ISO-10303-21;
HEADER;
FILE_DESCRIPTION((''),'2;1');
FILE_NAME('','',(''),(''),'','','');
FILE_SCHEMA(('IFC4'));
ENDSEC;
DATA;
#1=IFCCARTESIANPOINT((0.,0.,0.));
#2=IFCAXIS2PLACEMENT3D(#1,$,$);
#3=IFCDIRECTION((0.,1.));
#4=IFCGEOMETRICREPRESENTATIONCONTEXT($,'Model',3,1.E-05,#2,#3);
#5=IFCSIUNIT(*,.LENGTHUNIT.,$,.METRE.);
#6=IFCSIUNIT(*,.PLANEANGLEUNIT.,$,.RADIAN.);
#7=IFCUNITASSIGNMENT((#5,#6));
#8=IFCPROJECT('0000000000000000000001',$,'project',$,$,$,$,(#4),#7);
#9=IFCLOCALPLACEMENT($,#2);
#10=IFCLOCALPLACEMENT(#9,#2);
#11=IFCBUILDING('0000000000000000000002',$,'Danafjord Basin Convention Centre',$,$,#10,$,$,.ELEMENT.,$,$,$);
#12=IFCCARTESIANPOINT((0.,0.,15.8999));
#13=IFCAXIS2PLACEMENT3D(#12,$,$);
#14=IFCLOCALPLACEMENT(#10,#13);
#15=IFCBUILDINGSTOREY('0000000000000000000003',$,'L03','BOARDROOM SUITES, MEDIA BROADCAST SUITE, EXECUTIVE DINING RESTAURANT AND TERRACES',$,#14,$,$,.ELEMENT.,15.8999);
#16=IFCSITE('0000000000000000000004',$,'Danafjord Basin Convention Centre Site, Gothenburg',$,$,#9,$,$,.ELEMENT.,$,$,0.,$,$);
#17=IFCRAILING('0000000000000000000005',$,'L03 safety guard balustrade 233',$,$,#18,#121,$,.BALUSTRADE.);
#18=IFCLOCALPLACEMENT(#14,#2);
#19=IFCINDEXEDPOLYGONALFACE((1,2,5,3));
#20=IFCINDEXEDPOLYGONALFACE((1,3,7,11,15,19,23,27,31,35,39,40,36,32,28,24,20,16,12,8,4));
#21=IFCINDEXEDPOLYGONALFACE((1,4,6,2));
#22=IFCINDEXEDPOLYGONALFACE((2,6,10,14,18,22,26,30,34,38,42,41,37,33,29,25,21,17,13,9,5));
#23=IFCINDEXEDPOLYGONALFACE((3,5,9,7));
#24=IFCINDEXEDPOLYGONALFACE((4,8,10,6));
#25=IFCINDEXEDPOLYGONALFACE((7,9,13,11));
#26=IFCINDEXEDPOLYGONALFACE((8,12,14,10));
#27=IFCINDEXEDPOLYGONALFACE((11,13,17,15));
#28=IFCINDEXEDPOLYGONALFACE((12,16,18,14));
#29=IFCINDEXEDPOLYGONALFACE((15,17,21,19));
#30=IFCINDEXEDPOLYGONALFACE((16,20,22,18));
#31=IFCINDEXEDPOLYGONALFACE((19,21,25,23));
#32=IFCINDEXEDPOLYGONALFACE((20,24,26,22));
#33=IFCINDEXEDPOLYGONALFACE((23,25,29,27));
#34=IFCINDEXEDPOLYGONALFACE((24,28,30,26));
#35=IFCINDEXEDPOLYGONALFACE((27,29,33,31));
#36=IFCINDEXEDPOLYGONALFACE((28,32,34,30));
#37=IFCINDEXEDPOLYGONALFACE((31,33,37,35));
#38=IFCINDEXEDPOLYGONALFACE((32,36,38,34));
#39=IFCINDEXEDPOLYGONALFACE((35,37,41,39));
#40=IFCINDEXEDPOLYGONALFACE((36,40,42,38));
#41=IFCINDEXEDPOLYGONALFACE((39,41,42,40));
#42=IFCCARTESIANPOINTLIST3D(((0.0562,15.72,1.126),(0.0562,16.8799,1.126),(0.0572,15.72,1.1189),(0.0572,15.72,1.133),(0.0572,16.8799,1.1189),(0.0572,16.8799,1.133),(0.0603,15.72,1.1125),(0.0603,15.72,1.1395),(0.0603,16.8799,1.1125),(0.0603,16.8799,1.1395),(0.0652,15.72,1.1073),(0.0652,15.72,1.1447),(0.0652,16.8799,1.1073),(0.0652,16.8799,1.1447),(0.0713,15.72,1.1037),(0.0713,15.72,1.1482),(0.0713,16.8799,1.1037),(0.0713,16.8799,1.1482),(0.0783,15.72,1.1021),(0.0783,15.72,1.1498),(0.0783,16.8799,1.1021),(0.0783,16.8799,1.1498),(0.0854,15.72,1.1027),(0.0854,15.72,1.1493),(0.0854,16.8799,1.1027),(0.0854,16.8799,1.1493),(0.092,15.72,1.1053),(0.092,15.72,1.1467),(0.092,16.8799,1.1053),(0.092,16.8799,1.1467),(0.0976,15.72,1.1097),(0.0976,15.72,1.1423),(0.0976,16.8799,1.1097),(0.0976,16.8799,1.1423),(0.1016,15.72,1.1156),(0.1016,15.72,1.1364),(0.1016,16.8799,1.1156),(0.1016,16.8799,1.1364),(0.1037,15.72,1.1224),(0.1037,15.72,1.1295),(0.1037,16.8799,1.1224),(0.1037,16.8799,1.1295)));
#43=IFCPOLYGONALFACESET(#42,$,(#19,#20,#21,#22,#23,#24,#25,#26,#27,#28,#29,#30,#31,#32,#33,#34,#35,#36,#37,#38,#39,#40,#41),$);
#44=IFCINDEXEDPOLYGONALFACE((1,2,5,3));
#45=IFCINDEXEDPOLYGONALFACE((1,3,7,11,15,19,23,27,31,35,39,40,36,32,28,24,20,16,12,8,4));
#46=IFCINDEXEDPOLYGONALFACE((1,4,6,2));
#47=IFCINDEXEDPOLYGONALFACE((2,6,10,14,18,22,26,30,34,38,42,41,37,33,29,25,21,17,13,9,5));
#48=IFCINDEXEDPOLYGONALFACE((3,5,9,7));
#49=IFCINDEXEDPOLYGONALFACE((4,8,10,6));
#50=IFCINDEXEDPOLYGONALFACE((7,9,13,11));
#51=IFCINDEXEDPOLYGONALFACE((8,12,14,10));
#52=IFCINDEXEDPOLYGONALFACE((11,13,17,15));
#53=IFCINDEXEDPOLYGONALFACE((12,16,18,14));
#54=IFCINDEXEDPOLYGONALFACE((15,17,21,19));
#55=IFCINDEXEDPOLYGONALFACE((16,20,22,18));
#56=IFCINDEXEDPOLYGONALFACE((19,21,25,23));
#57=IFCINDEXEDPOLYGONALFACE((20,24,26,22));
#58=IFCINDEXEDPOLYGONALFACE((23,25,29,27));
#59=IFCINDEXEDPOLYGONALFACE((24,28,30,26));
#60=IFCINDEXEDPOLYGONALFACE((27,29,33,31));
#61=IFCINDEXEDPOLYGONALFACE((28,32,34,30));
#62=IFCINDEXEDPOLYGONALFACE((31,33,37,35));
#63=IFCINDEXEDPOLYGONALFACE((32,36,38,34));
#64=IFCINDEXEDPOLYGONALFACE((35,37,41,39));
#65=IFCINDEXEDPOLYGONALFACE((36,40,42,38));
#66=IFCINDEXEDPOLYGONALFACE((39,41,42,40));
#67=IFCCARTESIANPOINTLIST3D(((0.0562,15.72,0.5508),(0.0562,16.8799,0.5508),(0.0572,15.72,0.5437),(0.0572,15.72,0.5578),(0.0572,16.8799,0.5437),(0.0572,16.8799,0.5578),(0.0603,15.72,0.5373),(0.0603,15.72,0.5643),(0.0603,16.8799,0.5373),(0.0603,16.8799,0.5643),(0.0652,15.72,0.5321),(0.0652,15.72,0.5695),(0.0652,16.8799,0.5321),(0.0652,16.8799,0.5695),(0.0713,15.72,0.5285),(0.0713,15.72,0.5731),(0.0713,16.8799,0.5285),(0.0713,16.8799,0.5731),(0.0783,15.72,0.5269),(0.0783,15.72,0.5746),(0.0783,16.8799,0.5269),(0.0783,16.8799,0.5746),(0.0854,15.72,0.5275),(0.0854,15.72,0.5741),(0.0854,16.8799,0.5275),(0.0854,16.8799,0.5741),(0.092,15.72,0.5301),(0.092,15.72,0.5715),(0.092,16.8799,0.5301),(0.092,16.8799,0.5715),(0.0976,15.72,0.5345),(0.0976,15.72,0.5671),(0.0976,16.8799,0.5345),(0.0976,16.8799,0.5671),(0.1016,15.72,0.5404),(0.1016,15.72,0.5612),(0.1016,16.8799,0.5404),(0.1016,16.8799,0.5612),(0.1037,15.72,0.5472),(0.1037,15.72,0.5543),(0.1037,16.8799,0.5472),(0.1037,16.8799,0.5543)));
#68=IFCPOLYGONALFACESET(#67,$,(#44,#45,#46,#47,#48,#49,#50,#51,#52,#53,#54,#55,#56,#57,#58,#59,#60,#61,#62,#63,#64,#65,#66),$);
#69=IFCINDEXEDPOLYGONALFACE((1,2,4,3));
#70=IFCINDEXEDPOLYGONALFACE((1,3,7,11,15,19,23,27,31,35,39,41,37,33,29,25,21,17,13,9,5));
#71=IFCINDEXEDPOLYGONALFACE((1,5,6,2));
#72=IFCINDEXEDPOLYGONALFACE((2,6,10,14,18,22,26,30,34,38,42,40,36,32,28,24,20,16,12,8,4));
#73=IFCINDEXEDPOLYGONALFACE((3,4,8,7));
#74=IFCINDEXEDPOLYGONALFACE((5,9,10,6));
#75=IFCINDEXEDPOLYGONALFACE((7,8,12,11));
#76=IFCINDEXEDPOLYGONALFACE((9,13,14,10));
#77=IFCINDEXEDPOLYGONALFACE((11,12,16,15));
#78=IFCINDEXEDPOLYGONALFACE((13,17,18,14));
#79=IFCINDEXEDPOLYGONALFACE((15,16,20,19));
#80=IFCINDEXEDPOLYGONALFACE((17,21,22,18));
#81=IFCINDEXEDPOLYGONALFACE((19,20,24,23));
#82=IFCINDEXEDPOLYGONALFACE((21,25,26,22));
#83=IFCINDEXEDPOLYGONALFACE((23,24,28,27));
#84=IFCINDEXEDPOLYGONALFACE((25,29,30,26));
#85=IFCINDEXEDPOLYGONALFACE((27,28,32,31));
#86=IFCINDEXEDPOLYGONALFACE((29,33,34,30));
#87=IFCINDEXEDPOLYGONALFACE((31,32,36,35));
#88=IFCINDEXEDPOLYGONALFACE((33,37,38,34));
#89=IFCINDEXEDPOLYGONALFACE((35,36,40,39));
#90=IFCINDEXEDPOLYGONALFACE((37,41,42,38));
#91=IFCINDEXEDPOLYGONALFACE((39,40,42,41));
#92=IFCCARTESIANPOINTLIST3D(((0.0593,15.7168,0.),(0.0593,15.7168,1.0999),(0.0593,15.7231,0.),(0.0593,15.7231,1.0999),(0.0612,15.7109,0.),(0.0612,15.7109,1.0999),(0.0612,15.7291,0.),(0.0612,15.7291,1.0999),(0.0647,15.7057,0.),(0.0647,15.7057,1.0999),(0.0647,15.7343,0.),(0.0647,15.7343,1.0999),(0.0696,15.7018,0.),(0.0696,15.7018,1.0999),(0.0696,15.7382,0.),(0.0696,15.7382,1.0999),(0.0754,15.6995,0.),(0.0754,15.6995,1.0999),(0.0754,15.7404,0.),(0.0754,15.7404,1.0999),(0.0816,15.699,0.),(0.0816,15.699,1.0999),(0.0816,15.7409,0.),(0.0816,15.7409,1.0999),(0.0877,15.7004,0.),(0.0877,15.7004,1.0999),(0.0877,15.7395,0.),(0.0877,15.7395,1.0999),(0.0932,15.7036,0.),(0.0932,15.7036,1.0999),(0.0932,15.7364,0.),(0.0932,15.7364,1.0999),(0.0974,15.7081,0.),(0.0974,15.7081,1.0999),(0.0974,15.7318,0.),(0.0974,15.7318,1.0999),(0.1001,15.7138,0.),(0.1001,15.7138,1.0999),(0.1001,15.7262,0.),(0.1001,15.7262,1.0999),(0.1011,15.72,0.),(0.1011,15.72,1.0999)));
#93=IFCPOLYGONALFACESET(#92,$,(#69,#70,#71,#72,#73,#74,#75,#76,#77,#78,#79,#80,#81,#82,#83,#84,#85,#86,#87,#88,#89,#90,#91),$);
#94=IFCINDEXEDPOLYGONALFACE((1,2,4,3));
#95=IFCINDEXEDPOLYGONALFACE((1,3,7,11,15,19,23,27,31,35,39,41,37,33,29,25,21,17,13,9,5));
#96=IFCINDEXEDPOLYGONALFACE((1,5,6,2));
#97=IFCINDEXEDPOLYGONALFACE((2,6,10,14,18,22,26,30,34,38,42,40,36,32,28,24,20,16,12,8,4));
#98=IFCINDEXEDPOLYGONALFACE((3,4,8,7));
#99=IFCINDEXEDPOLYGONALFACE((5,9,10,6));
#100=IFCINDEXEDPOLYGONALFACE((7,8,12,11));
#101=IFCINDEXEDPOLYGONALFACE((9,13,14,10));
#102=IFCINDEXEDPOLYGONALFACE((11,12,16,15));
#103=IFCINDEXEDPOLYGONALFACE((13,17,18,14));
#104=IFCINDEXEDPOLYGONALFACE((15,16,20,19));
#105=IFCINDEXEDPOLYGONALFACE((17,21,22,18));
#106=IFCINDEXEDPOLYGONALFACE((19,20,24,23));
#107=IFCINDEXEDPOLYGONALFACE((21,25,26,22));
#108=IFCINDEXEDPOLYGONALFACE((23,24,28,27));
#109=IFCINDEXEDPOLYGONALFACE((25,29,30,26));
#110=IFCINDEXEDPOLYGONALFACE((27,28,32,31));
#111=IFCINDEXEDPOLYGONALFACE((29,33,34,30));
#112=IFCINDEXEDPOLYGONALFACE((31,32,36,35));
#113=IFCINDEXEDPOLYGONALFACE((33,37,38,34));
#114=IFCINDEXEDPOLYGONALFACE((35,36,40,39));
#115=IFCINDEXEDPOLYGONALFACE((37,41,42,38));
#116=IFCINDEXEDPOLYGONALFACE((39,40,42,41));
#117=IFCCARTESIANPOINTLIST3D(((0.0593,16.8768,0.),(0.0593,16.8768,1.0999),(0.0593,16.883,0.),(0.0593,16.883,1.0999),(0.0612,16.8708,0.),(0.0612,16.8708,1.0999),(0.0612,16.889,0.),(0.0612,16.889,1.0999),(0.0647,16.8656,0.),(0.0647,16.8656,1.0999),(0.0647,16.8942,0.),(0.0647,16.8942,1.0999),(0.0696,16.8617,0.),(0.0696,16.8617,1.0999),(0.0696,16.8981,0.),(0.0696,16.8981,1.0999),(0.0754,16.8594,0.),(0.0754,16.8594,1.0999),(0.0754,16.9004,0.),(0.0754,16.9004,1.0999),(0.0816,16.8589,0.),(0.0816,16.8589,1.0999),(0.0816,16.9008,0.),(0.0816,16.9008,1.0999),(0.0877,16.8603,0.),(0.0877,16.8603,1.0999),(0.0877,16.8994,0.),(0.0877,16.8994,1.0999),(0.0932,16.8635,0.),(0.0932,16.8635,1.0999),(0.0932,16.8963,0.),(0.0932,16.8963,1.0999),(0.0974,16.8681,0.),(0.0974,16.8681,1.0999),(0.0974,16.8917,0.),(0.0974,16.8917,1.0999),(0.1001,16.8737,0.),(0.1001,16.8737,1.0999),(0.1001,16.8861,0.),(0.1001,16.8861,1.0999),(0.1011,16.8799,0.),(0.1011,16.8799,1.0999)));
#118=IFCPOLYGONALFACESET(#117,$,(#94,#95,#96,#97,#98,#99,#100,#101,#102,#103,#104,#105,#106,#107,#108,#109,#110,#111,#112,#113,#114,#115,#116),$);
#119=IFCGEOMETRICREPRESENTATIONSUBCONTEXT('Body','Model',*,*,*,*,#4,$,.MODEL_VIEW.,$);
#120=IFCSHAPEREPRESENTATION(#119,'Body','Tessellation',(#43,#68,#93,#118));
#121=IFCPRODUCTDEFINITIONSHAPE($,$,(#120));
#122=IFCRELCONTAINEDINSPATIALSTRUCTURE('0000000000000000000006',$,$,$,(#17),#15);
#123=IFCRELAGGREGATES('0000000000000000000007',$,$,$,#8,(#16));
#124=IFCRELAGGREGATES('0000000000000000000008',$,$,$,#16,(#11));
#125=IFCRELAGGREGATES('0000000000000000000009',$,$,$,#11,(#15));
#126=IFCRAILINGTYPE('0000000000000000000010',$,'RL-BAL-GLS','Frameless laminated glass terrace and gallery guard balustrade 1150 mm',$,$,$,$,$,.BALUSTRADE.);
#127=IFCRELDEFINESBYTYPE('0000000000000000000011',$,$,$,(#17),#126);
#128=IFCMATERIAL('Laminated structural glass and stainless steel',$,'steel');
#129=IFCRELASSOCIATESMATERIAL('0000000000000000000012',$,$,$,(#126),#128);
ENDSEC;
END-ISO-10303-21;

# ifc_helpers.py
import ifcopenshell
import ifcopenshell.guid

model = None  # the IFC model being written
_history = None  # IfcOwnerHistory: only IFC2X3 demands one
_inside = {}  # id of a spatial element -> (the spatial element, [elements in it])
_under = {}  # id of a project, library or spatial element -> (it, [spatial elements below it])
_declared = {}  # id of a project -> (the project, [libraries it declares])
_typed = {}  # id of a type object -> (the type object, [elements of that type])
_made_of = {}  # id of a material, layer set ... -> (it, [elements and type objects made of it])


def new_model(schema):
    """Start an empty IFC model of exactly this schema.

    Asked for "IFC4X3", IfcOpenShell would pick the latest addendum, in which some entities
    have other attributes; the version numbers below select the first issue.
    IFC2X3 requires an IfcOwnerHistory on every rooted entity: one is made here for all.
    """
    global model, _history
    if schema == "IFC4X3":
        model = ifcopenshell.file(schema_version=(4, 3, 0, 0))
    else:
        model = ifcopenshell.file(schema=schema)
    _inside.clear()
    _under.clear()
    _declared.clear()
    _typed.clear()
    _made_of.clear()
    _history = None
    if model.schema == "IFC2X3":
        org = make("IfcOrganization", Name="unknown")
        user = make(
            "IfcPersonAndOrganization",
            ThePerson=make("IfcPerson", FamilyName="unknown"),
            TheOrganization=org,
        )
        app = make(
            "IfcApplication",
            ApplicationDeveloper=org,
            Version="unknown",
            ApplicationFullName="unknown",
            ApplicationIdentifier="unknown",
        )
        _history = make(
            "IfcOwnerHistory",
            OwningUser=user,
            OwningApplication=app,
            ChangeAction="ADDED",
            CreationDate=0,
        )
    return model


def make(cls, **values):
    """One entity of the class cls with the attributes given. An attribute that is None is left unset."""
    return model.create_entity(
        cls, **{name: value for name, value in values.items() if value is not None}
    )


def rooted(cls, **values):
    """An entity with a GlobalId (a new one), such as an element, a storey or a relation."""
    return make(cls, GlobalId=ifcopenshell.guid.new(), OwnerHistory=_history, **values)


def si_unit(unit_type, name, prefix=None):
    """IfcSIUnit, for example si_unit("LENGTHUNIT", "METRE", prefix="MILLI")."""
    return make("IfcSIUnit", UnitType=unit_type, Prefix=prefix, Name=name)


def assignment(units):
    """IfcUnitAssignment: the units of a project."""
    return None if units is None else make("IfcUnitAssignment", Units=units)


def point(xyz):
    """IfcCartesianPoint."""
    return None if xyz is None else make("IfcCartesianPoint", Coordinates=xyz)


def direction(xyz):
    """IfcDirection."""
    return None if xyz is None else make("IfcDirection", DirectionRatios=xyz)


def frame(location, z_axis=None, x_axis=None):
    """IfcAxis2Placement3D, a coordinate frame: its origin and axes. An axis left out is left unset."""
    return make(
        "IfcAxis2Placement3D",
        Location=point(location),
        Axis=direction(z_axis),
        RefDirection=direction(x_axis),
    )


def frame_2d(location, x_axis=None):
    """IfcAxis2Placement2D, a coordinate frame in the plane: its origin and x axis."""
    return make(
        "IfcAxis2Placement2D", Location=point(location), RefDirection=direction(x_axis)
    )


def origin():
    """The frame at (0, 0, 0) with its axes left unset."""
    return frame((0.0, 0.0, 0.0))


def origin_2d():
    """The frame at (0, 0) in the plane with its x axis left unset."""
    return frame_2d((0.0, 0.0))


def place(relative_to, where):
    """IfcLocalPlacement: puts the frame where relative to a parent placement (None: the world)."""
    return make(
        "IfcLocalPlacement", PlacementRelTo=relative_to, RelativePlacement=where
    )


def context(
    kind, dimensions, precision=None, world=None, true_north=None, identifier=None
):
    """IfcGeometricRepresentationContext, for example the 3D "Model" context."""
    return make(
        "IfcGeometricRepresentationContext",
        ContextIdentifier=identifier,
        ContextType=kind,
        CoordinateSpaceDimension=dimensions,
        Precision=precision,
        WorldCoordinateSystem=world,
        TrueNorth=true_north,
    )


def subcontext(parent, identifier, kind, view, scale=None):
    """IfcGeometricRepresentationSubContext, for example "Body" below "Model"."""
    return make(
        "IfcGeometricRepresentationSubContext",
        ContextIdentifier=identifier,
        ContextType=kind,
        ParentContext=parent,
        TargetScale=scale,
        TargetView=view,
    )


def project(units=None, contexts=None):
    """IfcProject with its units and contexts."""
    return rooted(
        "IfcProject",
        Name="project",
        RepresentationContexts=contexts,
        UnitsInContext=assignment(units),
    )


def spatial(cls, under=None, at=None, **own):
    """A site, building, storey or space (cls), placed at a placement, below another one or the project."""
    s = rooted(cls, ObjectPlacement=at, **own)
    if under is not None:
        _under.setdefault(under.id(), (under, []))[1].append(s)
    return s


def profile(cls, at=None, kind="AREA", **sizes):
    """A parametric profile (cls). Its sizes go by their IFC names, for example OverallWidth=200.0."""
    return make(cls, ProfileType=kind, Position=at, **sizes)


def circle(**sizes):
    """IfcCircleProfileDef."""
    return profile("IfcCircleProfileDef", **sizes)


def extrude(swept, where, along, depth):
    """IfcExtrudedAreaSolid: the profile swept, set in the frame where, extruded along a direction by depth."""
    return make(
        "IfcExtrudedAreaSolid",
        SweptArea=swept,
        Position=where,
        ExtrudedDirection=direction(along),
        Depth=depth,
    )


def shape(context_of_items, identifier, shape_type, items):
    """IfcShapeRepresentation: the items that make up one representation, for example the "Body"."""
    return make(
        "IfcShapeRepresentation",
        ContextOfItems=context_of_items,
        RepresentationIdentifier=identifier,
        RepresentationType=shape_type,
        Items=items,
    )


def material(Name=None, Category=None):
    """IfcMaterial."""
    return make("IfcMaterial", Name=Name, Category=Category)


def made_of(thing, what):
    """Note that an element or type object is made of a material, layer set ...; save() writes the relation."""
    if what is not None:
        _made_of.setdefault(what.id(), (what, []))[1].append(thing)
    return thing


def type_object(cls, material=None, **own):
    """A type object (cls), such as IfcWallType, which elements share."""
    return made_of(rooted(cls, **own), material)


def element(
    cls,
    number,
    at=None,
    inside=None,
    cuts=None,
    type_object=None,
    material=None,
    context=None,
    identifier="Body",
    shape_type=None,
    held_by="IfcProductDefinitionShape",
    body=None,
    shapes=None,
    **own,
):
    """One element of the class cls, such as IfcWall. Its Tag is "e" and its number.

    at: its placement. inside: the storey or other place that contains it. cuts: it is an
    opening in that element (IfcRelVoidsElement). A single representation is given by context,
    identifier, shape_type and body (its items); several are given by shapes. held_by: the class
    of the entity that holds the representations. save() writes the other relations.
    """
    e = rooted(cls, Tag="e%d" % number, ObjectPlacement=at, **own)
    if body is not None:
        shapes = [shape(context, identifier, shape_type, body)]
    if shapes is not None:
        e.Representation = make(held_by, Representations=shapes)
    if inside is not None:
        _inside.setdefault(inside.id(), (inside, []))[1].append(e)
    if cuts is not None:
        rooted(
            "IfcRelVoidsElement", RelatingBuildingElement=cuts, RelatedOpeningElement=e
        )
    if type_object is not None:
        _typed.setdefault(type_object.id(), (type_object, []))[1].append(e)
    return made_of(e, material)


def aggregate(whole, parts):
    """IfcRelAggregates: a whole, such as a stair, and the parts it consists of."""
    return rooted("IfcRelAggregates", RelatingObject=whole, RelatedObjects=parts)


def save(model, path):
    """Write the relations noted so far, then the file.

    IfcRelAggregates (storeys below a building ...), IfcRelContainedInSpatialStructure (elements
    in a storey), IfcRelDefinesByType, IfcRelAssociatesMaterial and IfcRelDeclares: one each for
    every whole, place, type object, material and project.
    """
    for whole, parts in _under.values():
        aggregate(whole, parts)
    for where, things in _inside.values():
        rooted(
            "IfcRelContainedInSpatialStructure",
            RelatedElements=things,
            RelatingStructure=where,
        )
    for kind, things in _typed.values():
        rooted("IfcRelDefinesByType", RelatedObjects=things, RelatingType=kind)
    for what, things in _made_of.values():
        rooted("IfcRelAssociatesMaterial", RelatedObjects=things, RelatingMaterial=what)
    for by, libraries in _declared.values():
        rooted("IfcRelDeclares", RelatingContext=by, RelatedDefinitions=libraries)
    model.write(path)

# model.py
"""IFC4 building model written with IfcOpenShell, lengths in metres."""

from ifc_helpers import new_model, si_unit, direction, frame, origin, origin_2d, place, context, subcontext, project, spatial, circle, extrude, material, type_object, element, save


model = new_model("IFC4")

# Units and contexts
model_context = context("Model", 3, precision=1e-05, world=origin(), true_north=direction((0.0, 1.0)))
body_context = subcontext(model_context, "Body", "Model", "MODEL_VIEW")
ifc_project = project(units=[si_unit("LENGTHUNIT", "METRE"), si_unit("PLANEANGLEUNIT", "RADIAN")], contexts=[model_context])

# Site, building, storey
site_placement = place(None, origin())
site = spatial("IfcSite", under=ifc_project, at=site_placement, Name="Danafjord Basin Convention Centre Site, Gothenburg", CompositionType="ELEMENT", RefElevation=0.0)
building_placement = place(site_placement, origin())
building = spatial("IfcBuilding", under=site, at=building_placement, Name="Danafjord Basin Convention Centre", CompositionType="ELEMENT")
storey_placement = place(building_placement, frame((0.0, 0.0, 15.8999)))
storey = spatial("IfcBuildingStorey", under=building, at=storey_placement, Name="L03", Description="BOARDROOM SUITES, MEDIA BROADCAST SUITE, EXECUTIVE DINING RESTAURANT AND TERRACES", CompositionType="ELEMENT", Elevation=15.8999)

# Railing
ifc_material_1 = material(Name="Laminated structural glass and stainless steel", Category="steel")
railing_type = type_object("IfcRailingType", Name="RL-BAL-GLS", Description="Frameless laminated glass terrace and gallery guard balustrade 1150 mm", PredefinedType="BALUSTRADE", material=ifc_material_1)
for number, where, name in (
    (1, (0.0801, 15.72, 0.0), "L03 safety guard balustrade 233"),
):
    element("IfcRailing", number, at=place(storey_placement, frame(where)), inside=storey, type_object=railing_type, Name=name, PredefinedType="BALUSTRADE", context=body_context, shape_type="SweptSolid", body=[
        extrude(circle(Radius=0.0239, at=origin_2d()), frame((0.0, 0.0, 1.126), z_axis=(0.0, 1.0, 0.0), x_axis=(-1.0, 0.0, 0.0)), (0.0, 0.0, 1.0), 1.1599),
        extrude(circle(Radius=0.0239, at=origin_2d()), frame((0.0, 0.0, 0.5508), z_axis=(0.0, 1.0, 0.0), x_axis=(-1.0, 0.0, 0.0)), (0.0, 0.0, 1.0), 1.1599),
        extrude(circle(Radius=0.021, at=origin_2d()), origin(), (0.0, 0.0, 1.0), 1.0999),
        extrude(circle(Radius=0.021, at=origin_2d()), frame((0.0, 1.1599, 0.0)), (0.0, 0.0, 1.0), 1.0999),
    ])

save(model, "model.ifc")
